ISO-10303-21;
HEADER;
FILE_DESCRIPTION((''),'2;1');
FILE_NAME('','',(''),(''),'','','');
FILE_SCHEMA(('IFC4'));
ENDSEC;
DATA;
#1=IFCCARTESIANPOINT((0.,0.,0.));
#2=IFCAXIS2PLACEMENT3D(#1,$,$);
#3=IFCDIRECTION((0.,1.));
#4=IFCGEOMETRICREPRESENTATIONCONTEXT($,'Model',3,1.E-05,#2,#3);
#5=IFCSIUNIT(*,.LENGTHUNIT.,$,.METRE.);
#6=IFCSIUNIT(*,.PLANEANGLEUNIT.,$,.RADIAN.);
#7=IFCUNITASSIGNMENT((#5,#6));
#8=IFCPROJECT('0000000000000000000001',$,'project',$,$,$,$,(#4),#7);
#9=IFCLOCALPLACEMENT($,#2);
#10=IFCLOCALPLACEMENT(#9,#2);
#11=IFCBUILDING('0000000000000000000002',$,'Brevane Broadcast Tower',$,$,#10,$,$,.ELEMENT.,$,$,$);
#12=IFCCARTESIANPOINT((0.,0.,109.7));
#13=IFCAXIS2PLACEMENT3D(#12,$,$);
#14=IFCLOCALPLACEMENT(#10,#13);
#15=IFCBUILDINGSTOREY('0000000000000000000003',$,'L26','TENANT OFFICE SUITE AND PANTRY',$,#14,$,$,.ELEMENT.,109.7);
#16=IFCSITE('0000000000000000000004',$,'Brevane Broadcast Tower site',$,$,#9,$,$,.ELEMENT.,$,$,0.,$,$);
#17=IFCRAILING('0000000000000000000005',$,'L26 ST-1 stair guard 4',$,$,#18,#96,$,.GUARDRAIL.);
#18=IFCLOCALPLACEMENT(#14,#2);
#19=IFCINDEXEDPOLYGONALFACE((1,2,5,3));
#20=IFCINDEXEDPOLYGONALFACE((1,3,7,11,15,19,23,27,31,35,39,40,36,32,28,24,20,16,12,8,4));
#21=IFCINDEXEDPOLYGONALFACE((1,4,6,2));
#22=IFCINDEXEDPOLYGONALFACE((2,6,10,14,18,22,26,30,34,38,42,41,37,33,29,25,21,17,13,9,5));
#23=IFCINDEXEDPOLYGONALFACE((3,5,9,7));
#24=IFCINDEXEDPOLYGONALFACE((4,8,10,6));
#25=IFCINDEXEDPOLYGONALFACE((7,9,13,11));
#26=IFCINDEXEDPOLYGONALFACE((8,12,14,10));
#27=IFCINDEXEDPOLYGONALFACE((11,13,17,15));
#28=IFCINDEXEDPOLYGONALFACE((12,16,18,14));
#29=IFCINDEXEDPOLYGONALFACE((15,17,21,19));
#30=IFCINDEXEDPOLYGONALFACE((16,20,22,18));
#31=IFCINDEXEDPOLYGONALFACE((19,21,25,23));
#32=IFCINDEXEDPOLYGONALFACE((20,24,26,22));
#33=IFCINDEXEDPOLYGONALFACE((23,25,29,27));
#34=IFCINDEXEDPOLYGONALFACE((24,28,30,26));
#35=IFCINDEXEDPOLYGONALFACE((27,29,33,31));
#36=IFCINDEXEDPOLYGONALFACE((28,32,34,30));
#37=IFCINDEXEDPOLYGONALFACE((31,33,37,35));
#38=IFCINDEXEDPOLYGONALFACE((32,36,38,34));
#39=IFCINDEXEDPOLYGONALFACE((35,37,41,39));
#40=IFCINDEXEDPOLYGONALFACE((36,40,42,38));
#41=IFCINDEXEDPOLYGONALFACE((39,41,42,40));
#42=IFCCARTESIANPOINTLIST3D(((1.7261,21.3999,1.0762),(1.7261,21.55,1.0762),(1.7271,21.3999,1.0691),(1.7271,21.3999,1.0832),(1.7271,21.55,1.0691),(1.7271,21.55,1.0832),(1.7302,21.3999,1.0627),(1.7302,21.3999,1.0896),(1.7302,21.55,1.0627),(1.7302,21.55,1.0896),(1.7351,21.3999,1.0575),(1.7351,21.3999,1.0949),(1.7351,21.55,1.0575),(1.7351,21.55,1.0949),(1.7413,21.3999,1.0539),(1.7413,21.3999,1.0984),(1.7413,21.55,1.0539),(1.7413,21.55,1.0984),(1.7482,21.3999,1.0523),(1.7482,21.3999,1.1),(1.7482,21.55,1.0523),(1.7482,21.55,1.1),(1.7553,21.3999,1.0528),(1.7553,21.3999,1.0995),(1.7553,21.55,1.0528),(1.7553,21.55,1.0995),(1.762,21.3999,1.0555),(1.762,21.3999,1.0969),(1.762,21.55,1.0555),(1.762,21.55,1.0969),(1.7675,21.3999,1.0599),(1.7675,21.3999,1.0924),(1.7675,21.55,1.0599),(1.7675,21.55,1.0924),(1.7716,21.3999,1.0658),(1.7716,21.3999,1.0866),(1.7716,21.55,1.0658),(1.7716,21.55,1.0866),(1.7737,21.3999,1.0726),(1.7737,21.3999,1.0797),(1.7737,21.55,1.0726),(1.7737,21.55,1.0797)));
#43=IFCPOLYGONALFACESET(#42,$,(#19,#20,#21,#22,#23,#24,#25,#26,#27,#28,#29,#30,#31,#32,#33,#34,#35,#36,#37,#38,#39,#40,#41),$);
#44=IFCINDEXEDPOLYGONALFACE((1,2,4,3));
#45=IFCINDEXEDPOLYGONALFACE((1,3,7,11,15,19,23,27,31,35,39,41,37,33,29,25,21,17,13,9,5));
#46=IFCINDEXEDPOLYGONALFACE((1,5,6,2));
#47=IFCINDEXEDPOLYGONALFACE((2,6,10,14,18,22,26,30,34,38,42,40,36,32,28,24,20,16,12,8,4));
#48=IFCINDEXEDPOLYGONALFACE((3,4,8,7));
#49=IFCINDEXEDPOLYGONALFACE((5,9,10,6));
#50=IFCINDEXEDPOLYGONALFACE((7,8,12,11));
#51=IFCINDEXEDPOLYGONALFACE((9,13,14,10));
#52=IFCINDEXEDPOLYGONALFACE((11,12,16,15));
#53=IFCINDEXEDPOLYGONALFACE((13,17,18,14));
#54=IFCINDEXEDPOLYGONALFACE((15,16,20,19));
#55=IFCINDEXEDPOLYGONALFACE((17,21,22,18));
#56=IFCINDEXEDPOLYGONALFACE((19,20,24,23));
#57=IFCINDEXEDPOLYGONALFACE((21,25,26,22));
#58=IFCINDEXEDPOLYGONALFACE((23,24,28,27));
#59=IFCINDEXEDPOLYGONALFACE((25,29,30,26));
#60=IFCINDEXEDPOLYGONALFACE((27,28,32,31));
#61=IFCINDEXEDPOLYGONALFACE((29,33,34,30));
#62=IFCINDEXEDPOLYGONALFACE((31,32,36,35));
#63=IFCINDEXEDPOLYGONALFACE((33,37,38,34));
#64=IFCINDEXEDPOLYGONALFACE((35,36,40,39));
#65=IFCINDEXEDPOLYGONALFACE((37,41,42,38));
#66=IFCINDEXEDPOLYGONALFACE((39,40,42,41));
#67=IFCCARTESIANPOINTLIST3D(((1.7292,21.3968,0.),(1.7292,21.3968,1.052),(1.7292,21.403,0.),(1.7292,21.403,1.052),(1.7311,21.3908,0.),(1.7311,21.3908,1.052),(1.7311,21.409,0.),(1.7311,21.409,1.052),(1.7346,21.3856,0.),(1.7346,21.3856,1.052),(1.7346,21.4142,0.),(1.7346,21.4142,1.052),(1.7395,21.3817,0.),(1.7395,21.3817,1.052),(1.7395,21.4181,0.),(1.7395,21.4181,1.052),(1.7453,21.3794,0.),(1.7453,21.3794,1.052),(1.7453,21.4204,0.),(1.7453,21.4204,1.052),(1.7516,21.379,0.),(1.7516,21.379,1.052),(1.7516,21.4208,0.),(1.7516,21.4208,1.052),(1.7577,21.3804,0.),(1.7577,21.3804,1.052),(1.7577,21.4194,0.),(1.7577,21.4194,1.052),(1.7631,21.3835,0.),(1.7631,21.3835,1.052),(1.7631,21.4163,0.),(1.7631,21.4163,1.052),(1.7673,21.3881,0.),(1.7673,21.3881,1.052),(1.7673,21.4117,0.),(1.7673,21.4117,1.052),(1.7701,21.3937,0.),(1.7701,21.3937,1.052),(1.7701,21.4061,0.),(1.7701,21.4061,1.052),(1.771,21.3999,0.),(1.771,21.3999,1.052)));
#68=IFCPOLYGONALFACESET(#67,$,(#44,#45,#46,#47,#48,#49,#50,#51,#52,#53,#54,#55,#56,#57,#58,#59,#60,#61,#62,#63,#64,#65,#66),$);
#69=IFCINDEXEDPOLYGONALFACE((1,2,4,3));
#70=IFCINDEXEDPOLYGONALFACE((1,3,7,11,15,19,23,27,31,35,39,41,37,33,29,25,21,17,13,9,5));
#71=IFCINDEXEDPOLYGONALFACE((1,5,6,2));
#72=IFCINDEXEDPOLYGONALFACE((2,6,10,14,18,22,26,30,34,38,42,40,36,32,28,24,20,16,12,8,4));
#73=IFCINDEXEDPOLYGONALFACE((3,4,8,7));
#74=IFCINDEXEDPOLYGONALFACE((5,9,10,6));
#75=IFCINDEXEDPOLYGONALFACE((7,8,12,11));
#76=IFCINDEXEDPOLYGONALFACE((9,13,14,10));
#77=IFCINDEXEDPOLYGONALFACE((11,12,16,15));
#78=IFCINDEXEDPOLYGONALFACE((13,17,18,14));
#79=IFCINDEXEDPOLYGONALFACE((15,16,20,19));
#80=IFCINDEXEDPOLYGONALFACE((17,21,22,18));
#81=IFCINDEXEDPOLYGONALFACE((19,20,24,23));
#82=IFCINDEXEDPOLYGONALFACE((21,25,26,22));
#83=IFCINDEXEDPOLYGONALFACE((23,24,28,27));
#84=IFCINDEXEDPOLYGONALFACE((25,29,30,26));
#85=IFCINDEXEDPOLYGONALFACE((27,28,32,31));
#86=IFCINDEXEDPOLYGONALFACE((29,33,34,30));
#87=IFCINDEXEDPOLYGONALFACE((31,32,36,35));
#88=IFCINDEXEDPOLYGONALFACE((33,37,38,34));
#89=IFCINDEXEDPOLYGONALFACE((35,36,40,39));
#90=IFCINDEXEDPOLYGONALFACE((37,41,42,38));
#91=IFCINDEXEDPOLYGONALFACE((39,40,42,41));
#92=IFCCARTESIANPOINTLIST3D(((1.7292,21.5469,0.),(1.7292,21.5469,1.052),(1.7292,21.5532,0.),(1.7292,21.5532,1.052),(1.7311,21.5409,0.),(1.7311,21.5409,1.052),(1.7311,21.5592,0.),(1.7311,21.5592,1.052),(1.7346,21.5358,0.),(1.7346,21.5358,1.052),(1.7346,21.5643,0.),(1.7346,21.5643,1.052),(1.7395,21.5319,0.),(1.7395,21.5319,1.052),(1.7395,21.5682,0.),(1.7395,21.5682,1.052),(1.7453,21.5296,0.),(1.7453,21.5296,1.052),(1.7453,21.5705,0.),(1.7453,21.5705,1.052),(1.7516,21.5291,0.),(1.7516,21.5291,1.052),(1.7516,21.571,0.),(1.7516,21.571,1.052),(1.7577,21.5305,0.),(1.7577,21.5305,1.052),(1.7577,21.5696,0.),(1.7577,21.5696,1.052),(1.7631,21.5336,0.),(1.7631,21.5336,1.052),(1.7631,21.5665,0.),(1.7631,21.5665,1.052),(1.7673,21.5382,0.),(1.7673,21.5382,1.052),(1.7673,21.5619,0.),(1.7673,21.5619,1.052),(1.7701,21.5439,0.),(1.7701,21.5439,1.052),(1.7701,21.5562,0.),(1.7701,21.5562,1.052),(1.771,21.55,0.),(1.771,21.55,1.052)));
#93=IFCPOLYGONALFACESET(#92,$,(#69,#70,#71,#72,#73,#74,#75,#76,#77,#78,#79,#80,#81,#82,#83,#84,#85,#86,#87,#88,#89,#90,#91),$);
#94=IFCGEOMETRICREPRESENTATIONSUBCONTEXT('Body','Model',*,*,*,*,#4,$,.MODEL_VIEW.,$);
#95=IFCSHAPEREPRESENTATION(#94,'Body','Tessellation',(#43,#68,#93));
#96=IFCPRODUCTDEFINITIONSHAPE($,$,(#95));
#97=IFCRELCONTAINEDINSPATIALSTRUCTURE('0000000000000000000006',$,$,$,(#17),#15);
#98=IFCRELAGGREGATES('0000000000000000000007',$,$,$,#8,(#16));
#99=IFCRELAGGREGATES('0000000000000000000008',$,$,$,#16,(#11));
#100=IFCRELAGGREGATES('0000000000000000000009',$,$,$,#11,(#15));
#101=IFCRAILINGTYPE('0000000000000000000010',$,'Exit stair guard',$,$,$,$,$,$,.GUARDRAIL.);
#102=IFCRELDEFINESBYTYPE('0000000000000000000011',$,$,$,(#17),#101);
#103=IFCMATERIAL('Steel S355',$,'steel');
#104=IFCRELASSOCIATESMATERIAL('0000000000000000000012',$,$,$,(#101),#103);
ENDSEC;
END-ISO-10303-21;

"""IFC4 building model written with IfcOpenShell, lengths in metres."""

from ifc_helpers import new_model, si_unit, direction, frame, origin, origin_2d, place, context, subcontext, project, spatial, circle, extrude, material, type_object, element, save


model = new_model("IFC4")

# Units and contexts
model_context = context("Model", 3, precision=1e-05, world=origin(), true_north=direction((0.0, 1.0)))
body_context = subcontext(model_context, "Body", "Model", "MODEL_VIEW")
ifc_project = project(units=[si_unit("LENGTHUNIT", "METRE"), si_unit("PLANEANGLEUNIT", "RADIAN")], contexts=[model_context])

# Site, building, storey
site_placement = place(None, origin())
site = spatial("IfcSite", under=ifc_project, at=site_placement, Name="Brevane Broadcast Tower site", CompositionType="ELEMENT", RefElevation=0.0)
building_placement = place(site_placement, origin())
building = spatial("IfcBuilding", under=site, at=building_placement, Name="Brevane Broadcast Tower", CompositionType="ELEMENT")
storey_placement = place(building_placement, frame((0.0, 0.0, 109.7)))
storey = spatial("IfcBuildingStorey", under=building, at=storey_placement, Name="L26", Description="TENANT OFFICE SUITE AND PANTRY", CompositionType="ELEMENT", Elevation=109.7)

# Railing
ifc_material_1 = material(Name="Steel S355", Category="steel")
railing_type_1 = type_object("IfcRailingType", Name="Exit stair guard", PredefinedType="GUARDRAIL", material=ifc_material_1)
railing_1_placement = place(storey_placement, frame((1.75, 21.3999, 0.0)))
element("IfcRailing", 1, at=railing_1_placement, inside=storey, type_object=railing_type_1, Name="L26 ST-1 stair guard 4", PredefinedType="GUARDRAIL", context=body_context, shape_type="SweptSolid", body=[
    extrude(circle(Radius=0.0239, at=origin_2d()), frame((0.0, 0.0, 1.0762), z_axis=(0.0, 1.0, 0.0), x_axis=(-1.0, 0.0, 0.0)), (0.0, 0.0, 1.0), 0.1501),
    extrude(circle(Radius=0.021, at=origin_2d()), origin(), (0.0, 0.0, 1.0), 1.052),
    extrude(circle(Radius=0.021, at=origin_2d()), frame((0.0, 0.1501, 0.0)), (0.0, 0.0, 1.0), 1.052),
])

save(model, "model.ifc")
